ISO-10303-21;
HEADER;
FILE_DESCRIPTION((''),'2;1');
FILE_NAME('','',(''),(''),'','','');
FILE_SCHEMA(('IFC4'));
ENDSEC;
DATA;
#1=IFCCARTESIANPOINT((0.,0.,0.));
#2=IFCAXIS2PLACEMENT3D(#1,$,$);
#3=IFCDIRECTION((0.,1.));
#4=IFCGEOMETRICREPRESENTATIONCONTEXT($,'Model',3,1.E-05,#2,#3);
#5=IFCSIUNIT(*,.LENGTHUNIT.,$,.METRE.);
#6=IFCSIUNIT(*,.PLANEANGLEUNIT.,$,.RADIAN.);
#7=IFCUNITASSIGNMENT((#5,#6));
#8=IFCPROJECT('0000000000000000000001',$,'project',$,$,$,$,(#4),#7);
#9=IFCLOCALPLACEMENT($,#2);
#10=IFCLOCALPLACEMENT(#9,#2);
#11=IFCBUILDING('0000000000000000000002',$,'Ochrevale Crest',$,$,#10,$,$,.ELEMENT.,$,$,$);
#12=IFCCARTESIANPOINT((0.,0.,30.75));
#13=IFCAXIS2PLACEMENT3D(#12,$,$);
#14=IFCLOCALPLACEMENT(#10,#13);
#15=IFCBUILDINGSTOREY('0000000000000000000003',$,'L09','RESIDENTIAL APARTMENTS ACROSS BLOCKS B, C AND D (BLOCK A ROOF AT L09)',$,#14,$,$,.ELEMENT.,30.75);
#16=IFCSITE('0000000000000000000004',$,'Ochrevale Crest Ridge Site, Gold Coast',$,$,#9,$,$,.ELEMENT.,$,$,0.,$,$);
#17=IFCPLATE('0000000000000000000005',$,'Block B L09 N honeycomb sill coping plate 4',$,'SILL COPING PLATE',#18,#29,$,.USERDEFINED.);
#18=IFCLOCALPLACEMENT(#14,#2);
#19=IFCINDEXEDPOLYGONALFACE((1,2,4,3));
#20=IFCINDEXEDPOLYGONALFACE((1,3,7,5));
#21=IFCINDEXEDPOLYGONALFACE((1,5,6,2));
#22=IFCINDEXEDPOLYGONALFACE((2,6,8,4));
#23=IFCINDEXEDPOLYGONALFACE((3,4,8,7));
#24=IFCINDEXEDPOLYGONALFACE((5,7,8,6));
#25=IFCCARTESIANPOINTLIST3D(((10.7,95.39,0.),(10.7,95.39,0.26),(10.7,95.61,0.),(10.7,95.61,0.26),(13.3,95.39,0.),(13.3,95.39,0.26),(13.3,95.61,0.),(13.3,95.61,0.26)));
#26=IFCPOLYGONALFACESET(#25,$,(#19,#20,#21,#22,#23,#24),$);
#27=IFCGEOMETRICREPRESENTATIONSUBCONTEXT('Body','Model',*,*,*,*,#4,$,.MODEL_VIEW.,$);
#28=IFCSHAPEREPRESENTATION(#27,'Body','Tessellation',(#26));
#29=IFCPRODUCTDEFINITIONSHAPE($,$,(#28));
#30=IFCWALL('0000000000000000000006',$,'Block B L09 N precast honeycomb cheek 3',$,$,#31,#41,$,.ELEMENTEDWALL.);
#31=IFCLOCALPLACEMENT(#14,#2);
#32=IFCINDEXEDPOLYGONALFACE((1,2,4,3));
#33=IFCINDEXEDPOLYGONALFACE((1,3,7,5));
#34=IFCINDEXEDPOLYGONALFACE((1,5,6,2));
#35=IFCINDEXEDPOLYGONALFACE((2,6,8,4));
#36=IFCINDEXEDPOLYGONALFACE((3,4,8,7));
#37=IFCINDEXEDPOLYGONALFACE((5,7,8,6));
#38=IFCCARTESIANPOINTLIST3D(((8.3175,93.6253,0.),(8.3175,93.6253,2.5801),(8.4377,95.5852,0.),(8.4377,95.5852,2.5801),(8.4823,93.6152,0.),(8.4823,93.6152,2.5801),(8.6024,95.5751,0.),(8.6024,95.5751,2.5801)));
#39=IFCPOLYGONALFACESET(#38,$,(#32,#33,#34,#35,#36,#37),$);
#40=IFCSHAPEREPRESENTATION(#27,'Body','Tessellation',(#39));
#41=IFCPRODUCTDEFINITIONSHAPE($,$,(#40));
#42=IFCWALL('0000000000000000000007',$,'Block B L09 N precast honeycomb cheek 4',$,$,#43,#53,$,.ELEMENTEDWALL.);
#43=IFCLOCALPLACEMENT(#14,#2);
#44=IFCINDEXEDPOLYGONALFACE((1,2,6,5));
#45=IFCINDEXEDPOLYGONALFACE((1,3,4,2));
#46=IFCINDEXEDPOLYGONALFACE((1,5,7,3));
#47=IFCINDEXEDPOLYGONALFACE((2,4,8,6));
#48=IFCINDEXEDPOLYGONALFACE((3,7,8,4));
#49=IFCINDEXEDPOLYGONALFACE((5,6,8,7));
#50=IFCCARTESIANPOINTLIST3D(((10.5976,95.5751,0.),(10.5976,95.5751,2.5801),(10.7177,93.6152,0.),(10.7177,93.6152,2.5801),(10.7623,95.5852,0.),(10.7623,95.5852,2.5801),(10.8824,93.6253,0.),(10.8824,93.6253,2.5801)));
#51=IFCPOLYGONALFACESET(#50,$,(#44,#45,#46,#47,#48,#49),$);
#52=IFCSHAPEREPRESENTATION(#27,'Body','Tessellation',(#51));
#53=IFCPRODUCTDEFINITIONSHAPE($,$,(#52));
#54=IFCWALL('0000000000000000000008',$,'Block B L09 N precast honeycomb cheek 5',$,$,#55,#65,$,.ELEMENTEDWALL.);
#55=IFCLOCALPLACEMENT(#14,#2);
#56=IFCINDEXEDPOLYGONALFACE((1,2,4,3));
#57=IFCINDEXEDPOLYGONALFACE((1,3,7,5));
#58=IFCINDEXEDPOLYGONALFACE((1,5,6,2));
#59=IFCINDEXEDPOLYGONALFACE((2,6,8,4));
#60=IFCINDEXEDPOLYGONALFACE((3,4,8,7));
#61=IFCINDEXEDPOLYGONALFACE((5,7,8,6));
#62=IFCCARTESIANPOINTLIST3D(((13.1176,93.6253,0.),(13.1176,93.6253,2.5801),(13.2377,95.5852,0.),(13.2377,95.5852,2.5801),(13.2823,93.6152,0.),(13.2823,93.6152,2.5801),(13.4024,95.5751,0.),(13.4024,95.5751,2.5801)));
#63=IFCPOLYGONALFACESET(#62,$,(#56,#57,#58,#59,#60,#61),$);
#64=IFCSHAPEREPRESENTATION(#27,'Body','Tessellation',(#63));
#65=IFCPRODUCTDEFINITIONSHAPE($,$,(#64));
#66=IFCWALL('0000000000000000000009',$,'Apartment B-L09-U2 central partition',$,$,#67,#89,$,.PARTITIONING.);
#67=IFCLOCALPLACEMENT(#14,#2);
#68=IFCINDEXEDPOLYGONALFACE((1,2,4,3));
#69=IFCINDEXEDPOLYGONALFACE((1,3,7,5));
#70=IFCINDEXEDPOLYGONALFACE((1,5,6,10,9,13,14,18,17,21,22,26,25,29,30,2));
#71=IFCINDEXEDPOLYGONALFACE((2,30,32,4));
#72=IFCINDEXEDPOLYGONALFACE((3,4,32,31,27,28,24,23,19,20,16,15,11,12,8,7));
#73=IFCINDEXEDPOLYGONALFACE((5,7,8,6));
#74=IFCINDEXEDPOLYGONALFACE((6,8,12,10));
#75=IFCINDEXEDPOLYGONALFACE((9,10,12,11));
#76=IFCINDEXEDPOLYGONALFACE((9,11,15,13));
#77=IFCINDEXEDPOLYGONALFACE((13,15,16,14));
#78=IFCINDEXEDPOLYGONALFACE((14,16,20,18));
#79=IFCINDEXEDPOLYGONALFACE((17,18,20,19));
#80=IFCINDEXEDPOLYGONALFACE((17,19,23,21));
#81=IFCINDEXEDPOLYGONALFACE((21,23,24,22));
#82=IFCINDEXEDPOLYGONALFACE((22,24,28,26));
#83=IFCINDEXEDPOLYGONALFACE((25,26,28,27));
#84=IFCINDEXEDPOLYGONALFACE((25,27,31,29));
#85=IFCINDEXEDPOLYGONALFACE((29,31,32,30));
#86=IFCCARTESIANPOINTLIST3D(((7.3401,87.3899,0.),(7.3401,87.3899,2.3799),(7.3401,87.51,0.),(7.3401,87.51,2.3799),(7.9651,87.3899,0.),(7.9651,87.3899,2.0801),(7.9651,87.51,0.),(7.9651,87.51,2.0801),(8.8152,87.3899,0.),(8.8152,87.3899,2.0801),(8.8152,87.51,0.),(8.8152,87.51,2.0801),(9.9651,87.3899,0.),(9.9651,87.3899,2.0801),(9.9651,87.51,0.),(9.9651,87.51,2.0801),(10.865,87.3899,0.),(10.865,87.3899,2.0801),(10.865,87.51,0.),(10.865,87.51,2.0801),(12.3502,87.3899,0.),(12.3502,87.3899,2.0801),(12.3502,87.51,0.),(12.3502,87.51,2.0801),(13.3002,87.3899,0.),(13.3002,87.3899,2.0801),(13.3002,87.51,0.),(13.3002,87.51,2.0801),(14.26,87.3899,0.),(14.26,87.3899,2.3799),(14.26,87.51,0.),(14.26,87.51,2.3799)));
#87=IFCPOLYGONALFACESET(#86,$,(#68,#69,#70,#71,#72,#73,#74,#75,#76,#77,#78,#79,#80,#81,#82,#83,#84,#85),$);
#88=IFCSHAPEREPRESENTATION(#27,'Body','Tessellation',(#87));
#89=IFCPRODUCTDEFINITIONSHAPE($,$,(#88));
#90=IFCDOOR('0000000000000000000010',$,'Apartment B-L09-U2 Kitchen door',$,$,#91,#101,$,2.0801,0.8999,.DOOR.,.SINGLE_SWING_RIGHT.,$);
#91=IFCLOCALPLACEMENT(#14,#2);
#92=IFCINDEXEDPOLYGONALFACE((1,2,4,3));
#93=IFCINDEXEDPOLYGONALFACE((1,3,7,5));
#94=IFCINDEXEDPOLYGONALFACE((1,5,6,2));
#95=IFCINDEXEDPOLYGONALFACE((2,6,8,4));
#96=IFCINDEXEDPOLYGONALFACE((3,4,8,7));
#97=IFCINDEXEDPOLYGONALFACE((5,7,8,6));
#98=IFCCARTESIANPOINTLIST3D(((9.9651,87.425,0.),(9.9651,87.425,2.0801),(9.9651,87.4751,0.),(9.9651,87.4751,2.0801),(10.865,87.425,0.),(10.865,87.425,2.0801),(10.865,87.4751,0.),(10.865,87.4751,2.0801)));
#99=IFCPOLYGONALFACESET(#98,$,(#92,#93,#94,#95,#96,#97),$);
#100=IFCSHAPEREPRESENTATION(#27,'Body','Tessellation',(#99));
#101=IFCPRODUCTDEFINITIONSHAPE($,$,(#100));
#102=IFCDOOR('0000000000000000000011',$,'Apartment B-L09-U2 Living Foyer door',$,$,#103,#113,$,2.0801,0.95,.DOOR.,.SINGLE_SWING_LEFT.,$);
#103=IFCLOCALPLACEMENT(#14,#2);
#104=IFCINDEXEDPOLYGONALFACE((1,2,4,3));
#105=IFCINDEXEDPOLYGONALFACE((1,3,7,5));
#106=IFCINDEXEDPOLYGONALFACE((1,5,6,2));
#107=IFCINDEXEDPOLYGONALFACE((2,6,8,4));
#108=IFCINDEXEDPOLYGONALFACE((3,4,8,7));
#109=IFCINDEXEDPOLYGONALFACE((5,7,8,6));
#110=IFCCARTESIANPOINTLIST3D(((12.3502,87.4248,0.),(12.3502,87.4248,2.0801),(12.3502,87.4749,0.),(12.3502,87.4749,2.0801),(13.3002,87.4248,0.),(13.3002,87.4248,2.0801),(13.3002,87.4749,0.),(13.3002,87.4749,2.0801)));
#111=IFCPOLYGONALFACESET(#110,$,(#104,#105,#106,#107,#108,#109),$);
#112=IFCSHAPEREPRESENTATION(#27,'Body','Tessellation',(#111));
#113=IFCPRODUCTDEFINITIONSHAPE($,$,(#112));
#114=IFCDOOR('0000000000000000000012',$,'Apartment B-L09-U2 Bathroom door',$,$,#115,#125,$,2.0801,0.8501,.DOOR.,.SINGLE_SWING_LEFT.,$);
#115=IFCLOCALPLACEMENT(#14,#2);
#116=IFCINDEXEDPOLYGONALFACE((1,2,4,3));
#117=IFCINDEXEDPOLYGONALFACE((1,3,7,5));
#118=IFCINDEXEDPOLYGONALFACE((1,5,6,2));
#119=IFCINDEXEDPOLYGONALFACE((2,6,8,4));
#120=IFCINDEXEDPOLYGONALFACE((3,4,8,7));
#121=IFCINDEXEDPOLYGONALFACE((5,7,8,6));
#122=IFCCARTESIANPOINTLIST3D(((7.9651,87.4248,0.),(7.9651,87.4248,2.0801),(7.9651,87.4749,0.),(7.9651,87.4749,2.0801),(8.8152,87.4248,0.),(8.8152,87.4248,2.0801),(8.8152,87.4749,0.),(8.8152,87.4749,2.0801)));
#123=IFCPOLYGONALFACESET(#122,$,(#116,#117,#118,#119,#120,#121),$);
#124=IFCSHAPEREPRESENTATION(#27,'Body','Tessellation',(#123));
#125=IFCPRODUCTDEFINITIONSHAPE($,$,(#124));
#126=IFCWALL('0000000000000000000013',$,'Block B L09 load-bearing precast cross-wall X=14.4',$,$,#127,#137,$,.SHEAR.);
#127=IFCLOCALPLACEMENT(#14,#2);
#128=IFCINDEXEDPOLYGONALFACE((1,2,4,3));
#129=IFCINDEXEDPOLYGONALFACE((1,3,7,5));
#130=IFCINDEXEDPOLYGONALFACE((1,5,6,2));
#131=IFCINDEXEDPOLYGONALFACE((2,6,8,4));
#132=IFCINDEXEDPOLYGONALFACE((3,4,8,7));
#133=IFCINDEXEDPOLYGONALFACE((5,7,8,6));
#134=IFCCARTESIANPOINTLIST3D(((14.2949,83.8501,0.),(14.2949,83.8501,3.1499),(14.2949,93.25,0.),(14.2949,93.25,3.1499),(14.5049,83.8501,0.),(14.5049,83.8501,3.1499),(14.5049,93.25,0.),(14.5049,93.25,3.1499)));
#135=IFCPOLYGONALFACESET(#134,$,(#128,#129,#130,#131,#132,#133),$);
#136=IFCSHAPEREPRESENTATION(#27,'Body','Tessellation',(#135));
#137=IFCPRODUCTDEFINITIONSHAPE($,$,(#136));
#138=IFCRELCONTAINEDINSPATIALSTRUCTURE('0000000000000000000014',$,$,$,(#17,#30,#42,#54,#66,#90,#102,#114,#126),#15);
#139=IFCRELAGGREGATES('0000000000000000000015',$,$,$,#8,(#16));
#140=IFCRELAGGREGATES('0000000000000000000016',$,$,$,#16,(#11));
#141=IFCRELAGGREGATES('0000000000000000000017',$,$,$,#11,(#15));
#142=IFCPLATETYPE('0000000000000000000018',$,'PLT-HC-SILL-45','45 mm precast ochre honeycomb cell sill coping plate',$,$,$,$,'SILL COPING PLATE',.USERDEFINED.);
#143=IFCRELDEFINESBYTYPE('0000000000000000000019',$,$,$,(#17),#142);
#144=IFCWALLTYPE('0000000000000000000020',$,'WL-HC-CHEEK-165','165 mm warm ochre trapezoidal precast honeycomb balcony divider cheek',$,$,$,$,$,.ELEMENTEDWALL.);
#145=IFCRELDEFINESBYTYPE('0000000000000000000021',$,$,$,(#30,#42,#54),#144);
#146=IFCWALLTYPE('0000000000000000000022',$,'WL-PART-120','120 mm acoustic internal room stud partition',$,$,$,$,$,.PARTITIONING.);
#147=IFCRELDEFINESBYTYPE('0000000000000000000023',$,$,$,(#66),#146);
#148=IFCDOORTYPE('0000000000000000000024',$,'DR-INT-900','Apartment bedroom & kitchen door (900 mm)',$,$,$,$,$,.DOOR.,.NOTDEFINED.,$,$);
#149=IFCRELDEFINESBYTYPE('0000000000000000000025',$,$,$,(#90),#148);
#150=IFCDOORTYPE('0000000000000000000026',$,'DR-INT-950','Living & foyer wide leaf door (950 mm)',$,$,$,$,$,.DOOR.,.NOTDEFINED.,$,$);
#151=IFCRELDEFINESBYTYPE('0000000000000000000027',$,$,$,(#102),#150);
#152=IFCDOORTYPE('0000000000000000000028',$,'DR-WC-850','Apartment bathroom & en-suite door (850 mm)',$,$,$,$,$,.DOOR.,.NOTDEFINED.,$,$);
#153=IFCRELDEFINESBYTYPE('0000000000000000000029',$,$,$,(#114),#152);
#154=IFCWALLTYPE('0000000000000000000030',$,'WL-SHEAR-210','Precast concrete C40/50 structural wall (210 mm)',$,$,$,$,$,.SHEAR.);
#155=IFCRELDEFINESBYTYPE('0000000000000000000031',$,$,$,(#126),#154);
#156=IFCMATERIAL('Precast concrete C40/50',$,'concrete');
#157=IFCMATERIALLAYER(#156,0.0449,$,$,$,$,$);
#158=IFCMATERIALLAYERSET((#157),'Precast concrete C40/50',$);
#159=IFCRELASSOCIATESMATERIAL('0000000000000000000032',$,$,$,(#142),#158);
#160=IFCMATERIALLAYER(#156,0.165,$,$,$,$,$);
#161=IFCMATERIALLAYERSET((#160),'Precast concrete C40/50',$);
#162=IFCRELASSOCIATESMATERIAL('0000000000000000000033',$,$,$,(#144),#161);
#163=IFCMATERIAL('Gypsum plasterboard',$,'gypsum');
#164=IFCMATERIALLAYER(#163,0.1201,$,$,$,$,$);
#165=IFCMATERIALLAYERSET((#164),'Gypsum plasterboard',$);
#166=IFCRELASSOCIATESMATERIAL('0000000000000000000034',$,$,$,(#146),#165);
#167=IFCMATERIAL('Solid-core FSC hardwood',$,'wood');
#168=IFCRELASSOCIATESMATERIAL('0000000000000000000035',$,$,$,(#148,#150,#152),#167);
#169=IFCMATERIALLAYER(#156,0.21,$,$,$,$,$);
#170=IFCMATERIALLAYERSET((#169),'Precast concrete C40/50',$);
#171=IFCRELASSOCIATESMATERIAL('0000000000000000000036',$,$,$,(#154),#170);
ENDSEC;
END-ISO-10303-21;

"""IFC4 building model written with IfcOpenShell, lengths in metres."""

from ifc_helpers import new_model, si_unit, direction, frame, frame_2d, origin, origin_2d, place, context, subcontext, project, spatial, rectangle, extrude, material, layer, layer_set, type_object, element, fill, save


model = new_model("IFC4")

# Units and contexts
model_context = context("Model", 3, precision=1e-05, world=origin(), true_north=direction((0.0, 1.0)))
body_context = subcontext(model_context, "Body", "Model", "MODEL_VIEW")
ifc_project = project(units=[si_unit("LENGTHUNIT", "METRE"), si_unit("PLANEANGLEUNIT", "RADIAN")], contexts=[model_context])

# Site, building, storey
site_placement = place(None, origin())
site = spatial("IfcSite", under=ifc_project, at=site_placement, Name="Ochrevale Crest Ridge Site, Gold Coast", CompositionType="ELEMENT", RefElevation=0.0)
building_placement = place(site_placement, origin())
building = spatial("IfcBuilding", under=site, at=building_placement, Name="Ochrevale Crest", CompositionType="ELEMENT")
storey_placement = place(building_placement, frame((0.0, 0.0, 30.75)))
storey = spatial("IfcBuildingStorey", under=building, at=storey_placement, Name="L09", Description="RESIDENTIAL APARTMENTS ACROSS BLOCKS B, C AND D (BLOCK A ROOF AT L09)", CompositionType="ELEMENT", Elevation=30.75)

# Shared definitions
ifc_material_1 = material(Name="Precast concrete C40/50", Category="concrete")

# Plate
ifc_layer_1 = layer(ifc_material_1, 0.0449)
ifc_layer_set_1 = layer_set([ifc_layer_1], Name="Precast concrete C40/50")
plate_type_1 = type_object("IfcPlateType", Name="PLT-HC-SILL-45", Description="45 mm precast ochre honeycomb cell sill coping plate", ElementType="SILL COPING PLATE", PredefinedType="USERDEFINED", material=ifc_layer_set_1)
for number, where, z_axis, x_axis, name in (
    (1, (12.0, 95.5, 0.0), (0.0, 0.0, 1.0), (1.0, 0.0, 0.0), "Block B L09 N honeycomb sill coping plate 4"),
):
    element("IfcPlate", number, at=place(storey_placement, frame(where, z_axis=z_axis, x_axis=x_axis)), inside=storey, type_object=plate_type_1, Name=name, ObjectType="SILL COPING PLATE", PredefinedType="USERDEFINED", context=body_context, shape_type="SweptSolid", body=[
        extrude(rectangle(XDim=2.6001, YDim=0.22, at=origin_2d()), origin(), (0.0, 0.0, 1.0), 0.26),
    ])

# Walls
ifc_layer_2 = layer(ifc_material_1, 0.165)
ifc_layer_set_2 = layer_set([ifc_layer_2], Name="Precast concrete C40/50")
wall_type_1 = type_object("IfcWallType", Name="WL-HC-CHEEK-165", Description="165 mm warm ochre trapezoidal precast honeycomb balcony divider cheek", PredefinedType="ELEMENTEDWALL", material=ifc_layer_set_2)
for number, where, z_axis, x_axis, name in (
    (2, (8.3999, 93.6201, 0.0), (0.0, 0.0, 1.0), (0.061171, 0.998127, 0.0), "Block B L09 N precast honeycomb cheek 3"),
    (3, (10.8, 93.6201, 0.0), (0.0, 0.0, 1.0), (-0.061171, 0.998127, 0.0), "Block B L09 N precast honeycomb cheek 4"),
    (4, (13.2, 93.6201, 0.0), (0.0, 0.0, 1.0), (0.061171, 0.998127, 0.0), "Block B L09 N precast honeycomb cheek 5"),
):
    element("IfcWall", number, at=place(storey_placement, frame(where, z_axis=z_axis, x_axis=x_axis)), inside=storey, type_object=wall_type_1, Name=name, PredefinedType="ELEMENTEDWALL", context=body_context, shape_type="SweptSolid", body=[
        extrude(rectangle(XDim=1.9636, YDim=0.165, at=frame_2d((0.9819, 0.0))), origin(), (0.0, 0.0, 1.0), 2.5801),
    ])

# Wall, openings, doors
ifc_material_2 = material(Name="Gypsum plasterboard", Category="gypsum")
ifc_layer_3 = layer(ifc_material_2, 0.1201)
ifc_layer_set_3 = layer_set([ifc_layer_3], Name="Gypsum plasterboard")
wall_type_2 = type_object("IfcWallType", Name="WL-PART-120", Description="120 mm acoustic internal room stud partition", PredefinedType="PARTITIONING", material=ifc_layer_set_3)
wall_1_placement = place(storey_placement, frame((7.3401, 87.45, 0.0), z_axis=(0.0, 0.0, 1.0), x_axis=(1.0, 0.0, 0.0)))
wall_1 = element("IfcWall", 5, at=wall_1_placement, inside=storey, type_object=wall_type_2, Name="Apartment B-L09-U2 central partition", PredefinedType="PARTITIONING", context=body_context, shape_type="SweptSolid", body=[
    extrude(rectangle(XDim=6.9199, YDim=0.1201, at=frame_2d((3.46, 0.0))), origin(), (0.0, 0.0, 1.0), 2.3799),
])
opening_1_placement = place(wall_1_placement, frame((0.625, 0.0, 0.0)))
opening_1 = element("IfcOpeningElement", 6, at=opening_1_placement, cuts=wall_1, PredefinedType="OPENING", context=body_context, shape_type="SweptSolid", body=[
    extrude(rectangle(XDim=0.8501, YDim=2.0801, at=frame_2d((0.425, 1.04))), frame((0.0, 0.0701, 0.0), z_axis=(0.0, -1.0, 0.0), x_axis=(1.0, 0.0, 0.0)), (0.0, 0.0, 1.0), 0.1401),
])
opening_2_placement = place(wall_1_placement, frame((3.5249, 0.0, 0.0), z_axis=(0.0, 0.0, 1.0), x_axis=(-1.0, 0.0, 0.0)))
opening_2 = element("IfcOpeningElement", 7, at=opening_2_placement, cuts=wall_1, PredefinedType="OPENING", context=body_context, shape_type="SweptSolid", body=[
    extrude(rectangle(XDim=0.8999, YDim=2.0801, at=frame_2d((0.45, 1.04))), frame((0.0, 0.0701, 0.0), z_axis=(0.0, -1.0, 0.0), x_axis=(1.0, 0.0, 0.0)), (0.0, 0.0, 1.0), 0.1401),
])
opening_3_placement = place(wall_1_placement, frame((5.01, 0.0, 0.0)))
opening_3 = element("IfcOpeningElement", 8, at=opening_3_placement, cuts=wall_1, PredefinedType="OPENING", context=body_context, shape_type="SweptSolid", body=[
    extrude(rectangle(XDim=0.95, YDim=2.0801, at=frame_2d((0.4751, 1.04))), frame((0.0, 0.0701, 0.0), z_axis=(0.0, -1.0, 0.0), x_axis=(1.0, 0.0, 0.0)), (0.0, 0.0, 1.0), 0.1401),
])
ifc_material_3 = material(Name="Solid-core FSC hardwood", Category="wood")
door_type_1 = type_object("IfcDoorType", Name="DR-INT-900", Description="Apartment bedroom & kitchen door (900 mm)", OperationType="NOTDEFINED", PredefinedType="DOOR", material=ifc_material_3)
door_1_placement = place(opening_2_placement, origin())
door_1 = element("IfcDoor", 9, at=door_1_placement, inside=storey, type_object=door_type_1, Name="Apartment B-L09-U2 Kitchen door", OperationType="SINGLE_SWING_RIGHT", OverallHeight=2.0801, OverallWidth=0.8999, PredefinedType="DOOR", context=body_context, shape_type="SweptSolid", body=[
    extrude(rectangle(XDim=0.8999, YDim=2.0801, at=frame_2d((0.45, 1.04))), frame((0.0, 0.0249, 0.0), z_axis=(0.0, -1.0, 0.0), x_axis=(1.0, 0.0, 0.0)), (0.0, 0.0, 1.0), 0.05),
])
fill(opening_2, door_1)
door_type_2 = type_object("IfcDoorType", Name="DR-INT-950", Description="Living & foyer wide leaf door (950 mm)", OperationType="NOTDEFINED", PredefinedType="DOOR", material=ifc_material_3)
door_2_placement = place(opening_3_placement, origin())
door_2 = element("IfcDoor", 10, at=door_2_placement, inside=storey, type_object=door_type_2, Name="Apartment B-L09-U2 Living Foyer door", OperationType="SINGLE_SWING_LEFT", OverallHeight=2.0801, OverallWidth=0.95, PredefinedType="DOOR", context=body_context, shape_type="SweptSolid", body=[
    extrude(rectangle(XDim=0.95, YDim=2.0801, at=frame_2d((0.4751, 1.04))), frame((0.0, 0.0249, 0.0), z_axis=(0.0, -1.0, 0.0), x_axis=(1.0, 0.0, 0.0)), (0.0, 0.0, 1.0), 0.05),
])
fill(opening_3, door_2)
door_type_3 = type_object("IfcDoorType", Name="DR-WC-850", Description="Apartment bathroom & en-suite door (850 mm)", OperationType="NOTDEFINED", PredefinedType="DOOR", material=ifc_material_3)
door_3_placement = place(opening_1_placement, origin())
door_3 = element("IfcDoor", 11, at=door_3_placement, inside=storey, type_object=door_type_3, Name="Apartment B-L09-U2 Bathroom door", OperationType="SINGLE_SWING_LEFT", OverallHeight=2.0801, OverallWidth=0.8501, PredefinedType="DOOR", context=body_context, shape_type="SweptSolid", body=[
    extrude(rectangle(XDim=0.8501, YDim=2.0801, at=frame_2d((0.425, 1.04))), frame((0.0, 0.0249, 0.0), z_axis=(0.0, -1.0, 0.0), x_axis=(1.0, 0.0, 0.0)), (0.0, 0.0, 1.0), 0.05),
])
fill(opening_1, door_3)

# Wall
ifc_layer_4 = layer(ifc_material_1, 0.21)
ifc_layer_set_4 = layer_set([ifc_layer_4], Name="Precast concrete C40/50")
wall_type_3 = type_object("IfcWallType", Name="WL-SHEAR-210", Description="Precast concrete C40/50 structural wall (210 mm)", PredefinedType="SHEAR", material=ifc_layer_set_4)
wall_2_placement = place(storey_placement, frame((14.3999, 83.8501, 0.0), z_axis=(0.0, 0.0, 1.0), x_axis=(0.0, 1.0, 0.0)))
element("IfcWall", 12, at=wall_2_placement, inside=storey, type_object=wall_type_3, Name="Block B L09 load-bearing precast cross-wall X=14.4", PredefinedType="SHEAR", context=body_context, shape_type="SweptSolid", body=[
    extrude(rectangle(XDim=9.3999, YDim=0.21, at=frame_2d((4.7, 0.0))), origin(), (0.0, 0.0, 1.0), 3.1499),
])

save(model, "model.ifc")
